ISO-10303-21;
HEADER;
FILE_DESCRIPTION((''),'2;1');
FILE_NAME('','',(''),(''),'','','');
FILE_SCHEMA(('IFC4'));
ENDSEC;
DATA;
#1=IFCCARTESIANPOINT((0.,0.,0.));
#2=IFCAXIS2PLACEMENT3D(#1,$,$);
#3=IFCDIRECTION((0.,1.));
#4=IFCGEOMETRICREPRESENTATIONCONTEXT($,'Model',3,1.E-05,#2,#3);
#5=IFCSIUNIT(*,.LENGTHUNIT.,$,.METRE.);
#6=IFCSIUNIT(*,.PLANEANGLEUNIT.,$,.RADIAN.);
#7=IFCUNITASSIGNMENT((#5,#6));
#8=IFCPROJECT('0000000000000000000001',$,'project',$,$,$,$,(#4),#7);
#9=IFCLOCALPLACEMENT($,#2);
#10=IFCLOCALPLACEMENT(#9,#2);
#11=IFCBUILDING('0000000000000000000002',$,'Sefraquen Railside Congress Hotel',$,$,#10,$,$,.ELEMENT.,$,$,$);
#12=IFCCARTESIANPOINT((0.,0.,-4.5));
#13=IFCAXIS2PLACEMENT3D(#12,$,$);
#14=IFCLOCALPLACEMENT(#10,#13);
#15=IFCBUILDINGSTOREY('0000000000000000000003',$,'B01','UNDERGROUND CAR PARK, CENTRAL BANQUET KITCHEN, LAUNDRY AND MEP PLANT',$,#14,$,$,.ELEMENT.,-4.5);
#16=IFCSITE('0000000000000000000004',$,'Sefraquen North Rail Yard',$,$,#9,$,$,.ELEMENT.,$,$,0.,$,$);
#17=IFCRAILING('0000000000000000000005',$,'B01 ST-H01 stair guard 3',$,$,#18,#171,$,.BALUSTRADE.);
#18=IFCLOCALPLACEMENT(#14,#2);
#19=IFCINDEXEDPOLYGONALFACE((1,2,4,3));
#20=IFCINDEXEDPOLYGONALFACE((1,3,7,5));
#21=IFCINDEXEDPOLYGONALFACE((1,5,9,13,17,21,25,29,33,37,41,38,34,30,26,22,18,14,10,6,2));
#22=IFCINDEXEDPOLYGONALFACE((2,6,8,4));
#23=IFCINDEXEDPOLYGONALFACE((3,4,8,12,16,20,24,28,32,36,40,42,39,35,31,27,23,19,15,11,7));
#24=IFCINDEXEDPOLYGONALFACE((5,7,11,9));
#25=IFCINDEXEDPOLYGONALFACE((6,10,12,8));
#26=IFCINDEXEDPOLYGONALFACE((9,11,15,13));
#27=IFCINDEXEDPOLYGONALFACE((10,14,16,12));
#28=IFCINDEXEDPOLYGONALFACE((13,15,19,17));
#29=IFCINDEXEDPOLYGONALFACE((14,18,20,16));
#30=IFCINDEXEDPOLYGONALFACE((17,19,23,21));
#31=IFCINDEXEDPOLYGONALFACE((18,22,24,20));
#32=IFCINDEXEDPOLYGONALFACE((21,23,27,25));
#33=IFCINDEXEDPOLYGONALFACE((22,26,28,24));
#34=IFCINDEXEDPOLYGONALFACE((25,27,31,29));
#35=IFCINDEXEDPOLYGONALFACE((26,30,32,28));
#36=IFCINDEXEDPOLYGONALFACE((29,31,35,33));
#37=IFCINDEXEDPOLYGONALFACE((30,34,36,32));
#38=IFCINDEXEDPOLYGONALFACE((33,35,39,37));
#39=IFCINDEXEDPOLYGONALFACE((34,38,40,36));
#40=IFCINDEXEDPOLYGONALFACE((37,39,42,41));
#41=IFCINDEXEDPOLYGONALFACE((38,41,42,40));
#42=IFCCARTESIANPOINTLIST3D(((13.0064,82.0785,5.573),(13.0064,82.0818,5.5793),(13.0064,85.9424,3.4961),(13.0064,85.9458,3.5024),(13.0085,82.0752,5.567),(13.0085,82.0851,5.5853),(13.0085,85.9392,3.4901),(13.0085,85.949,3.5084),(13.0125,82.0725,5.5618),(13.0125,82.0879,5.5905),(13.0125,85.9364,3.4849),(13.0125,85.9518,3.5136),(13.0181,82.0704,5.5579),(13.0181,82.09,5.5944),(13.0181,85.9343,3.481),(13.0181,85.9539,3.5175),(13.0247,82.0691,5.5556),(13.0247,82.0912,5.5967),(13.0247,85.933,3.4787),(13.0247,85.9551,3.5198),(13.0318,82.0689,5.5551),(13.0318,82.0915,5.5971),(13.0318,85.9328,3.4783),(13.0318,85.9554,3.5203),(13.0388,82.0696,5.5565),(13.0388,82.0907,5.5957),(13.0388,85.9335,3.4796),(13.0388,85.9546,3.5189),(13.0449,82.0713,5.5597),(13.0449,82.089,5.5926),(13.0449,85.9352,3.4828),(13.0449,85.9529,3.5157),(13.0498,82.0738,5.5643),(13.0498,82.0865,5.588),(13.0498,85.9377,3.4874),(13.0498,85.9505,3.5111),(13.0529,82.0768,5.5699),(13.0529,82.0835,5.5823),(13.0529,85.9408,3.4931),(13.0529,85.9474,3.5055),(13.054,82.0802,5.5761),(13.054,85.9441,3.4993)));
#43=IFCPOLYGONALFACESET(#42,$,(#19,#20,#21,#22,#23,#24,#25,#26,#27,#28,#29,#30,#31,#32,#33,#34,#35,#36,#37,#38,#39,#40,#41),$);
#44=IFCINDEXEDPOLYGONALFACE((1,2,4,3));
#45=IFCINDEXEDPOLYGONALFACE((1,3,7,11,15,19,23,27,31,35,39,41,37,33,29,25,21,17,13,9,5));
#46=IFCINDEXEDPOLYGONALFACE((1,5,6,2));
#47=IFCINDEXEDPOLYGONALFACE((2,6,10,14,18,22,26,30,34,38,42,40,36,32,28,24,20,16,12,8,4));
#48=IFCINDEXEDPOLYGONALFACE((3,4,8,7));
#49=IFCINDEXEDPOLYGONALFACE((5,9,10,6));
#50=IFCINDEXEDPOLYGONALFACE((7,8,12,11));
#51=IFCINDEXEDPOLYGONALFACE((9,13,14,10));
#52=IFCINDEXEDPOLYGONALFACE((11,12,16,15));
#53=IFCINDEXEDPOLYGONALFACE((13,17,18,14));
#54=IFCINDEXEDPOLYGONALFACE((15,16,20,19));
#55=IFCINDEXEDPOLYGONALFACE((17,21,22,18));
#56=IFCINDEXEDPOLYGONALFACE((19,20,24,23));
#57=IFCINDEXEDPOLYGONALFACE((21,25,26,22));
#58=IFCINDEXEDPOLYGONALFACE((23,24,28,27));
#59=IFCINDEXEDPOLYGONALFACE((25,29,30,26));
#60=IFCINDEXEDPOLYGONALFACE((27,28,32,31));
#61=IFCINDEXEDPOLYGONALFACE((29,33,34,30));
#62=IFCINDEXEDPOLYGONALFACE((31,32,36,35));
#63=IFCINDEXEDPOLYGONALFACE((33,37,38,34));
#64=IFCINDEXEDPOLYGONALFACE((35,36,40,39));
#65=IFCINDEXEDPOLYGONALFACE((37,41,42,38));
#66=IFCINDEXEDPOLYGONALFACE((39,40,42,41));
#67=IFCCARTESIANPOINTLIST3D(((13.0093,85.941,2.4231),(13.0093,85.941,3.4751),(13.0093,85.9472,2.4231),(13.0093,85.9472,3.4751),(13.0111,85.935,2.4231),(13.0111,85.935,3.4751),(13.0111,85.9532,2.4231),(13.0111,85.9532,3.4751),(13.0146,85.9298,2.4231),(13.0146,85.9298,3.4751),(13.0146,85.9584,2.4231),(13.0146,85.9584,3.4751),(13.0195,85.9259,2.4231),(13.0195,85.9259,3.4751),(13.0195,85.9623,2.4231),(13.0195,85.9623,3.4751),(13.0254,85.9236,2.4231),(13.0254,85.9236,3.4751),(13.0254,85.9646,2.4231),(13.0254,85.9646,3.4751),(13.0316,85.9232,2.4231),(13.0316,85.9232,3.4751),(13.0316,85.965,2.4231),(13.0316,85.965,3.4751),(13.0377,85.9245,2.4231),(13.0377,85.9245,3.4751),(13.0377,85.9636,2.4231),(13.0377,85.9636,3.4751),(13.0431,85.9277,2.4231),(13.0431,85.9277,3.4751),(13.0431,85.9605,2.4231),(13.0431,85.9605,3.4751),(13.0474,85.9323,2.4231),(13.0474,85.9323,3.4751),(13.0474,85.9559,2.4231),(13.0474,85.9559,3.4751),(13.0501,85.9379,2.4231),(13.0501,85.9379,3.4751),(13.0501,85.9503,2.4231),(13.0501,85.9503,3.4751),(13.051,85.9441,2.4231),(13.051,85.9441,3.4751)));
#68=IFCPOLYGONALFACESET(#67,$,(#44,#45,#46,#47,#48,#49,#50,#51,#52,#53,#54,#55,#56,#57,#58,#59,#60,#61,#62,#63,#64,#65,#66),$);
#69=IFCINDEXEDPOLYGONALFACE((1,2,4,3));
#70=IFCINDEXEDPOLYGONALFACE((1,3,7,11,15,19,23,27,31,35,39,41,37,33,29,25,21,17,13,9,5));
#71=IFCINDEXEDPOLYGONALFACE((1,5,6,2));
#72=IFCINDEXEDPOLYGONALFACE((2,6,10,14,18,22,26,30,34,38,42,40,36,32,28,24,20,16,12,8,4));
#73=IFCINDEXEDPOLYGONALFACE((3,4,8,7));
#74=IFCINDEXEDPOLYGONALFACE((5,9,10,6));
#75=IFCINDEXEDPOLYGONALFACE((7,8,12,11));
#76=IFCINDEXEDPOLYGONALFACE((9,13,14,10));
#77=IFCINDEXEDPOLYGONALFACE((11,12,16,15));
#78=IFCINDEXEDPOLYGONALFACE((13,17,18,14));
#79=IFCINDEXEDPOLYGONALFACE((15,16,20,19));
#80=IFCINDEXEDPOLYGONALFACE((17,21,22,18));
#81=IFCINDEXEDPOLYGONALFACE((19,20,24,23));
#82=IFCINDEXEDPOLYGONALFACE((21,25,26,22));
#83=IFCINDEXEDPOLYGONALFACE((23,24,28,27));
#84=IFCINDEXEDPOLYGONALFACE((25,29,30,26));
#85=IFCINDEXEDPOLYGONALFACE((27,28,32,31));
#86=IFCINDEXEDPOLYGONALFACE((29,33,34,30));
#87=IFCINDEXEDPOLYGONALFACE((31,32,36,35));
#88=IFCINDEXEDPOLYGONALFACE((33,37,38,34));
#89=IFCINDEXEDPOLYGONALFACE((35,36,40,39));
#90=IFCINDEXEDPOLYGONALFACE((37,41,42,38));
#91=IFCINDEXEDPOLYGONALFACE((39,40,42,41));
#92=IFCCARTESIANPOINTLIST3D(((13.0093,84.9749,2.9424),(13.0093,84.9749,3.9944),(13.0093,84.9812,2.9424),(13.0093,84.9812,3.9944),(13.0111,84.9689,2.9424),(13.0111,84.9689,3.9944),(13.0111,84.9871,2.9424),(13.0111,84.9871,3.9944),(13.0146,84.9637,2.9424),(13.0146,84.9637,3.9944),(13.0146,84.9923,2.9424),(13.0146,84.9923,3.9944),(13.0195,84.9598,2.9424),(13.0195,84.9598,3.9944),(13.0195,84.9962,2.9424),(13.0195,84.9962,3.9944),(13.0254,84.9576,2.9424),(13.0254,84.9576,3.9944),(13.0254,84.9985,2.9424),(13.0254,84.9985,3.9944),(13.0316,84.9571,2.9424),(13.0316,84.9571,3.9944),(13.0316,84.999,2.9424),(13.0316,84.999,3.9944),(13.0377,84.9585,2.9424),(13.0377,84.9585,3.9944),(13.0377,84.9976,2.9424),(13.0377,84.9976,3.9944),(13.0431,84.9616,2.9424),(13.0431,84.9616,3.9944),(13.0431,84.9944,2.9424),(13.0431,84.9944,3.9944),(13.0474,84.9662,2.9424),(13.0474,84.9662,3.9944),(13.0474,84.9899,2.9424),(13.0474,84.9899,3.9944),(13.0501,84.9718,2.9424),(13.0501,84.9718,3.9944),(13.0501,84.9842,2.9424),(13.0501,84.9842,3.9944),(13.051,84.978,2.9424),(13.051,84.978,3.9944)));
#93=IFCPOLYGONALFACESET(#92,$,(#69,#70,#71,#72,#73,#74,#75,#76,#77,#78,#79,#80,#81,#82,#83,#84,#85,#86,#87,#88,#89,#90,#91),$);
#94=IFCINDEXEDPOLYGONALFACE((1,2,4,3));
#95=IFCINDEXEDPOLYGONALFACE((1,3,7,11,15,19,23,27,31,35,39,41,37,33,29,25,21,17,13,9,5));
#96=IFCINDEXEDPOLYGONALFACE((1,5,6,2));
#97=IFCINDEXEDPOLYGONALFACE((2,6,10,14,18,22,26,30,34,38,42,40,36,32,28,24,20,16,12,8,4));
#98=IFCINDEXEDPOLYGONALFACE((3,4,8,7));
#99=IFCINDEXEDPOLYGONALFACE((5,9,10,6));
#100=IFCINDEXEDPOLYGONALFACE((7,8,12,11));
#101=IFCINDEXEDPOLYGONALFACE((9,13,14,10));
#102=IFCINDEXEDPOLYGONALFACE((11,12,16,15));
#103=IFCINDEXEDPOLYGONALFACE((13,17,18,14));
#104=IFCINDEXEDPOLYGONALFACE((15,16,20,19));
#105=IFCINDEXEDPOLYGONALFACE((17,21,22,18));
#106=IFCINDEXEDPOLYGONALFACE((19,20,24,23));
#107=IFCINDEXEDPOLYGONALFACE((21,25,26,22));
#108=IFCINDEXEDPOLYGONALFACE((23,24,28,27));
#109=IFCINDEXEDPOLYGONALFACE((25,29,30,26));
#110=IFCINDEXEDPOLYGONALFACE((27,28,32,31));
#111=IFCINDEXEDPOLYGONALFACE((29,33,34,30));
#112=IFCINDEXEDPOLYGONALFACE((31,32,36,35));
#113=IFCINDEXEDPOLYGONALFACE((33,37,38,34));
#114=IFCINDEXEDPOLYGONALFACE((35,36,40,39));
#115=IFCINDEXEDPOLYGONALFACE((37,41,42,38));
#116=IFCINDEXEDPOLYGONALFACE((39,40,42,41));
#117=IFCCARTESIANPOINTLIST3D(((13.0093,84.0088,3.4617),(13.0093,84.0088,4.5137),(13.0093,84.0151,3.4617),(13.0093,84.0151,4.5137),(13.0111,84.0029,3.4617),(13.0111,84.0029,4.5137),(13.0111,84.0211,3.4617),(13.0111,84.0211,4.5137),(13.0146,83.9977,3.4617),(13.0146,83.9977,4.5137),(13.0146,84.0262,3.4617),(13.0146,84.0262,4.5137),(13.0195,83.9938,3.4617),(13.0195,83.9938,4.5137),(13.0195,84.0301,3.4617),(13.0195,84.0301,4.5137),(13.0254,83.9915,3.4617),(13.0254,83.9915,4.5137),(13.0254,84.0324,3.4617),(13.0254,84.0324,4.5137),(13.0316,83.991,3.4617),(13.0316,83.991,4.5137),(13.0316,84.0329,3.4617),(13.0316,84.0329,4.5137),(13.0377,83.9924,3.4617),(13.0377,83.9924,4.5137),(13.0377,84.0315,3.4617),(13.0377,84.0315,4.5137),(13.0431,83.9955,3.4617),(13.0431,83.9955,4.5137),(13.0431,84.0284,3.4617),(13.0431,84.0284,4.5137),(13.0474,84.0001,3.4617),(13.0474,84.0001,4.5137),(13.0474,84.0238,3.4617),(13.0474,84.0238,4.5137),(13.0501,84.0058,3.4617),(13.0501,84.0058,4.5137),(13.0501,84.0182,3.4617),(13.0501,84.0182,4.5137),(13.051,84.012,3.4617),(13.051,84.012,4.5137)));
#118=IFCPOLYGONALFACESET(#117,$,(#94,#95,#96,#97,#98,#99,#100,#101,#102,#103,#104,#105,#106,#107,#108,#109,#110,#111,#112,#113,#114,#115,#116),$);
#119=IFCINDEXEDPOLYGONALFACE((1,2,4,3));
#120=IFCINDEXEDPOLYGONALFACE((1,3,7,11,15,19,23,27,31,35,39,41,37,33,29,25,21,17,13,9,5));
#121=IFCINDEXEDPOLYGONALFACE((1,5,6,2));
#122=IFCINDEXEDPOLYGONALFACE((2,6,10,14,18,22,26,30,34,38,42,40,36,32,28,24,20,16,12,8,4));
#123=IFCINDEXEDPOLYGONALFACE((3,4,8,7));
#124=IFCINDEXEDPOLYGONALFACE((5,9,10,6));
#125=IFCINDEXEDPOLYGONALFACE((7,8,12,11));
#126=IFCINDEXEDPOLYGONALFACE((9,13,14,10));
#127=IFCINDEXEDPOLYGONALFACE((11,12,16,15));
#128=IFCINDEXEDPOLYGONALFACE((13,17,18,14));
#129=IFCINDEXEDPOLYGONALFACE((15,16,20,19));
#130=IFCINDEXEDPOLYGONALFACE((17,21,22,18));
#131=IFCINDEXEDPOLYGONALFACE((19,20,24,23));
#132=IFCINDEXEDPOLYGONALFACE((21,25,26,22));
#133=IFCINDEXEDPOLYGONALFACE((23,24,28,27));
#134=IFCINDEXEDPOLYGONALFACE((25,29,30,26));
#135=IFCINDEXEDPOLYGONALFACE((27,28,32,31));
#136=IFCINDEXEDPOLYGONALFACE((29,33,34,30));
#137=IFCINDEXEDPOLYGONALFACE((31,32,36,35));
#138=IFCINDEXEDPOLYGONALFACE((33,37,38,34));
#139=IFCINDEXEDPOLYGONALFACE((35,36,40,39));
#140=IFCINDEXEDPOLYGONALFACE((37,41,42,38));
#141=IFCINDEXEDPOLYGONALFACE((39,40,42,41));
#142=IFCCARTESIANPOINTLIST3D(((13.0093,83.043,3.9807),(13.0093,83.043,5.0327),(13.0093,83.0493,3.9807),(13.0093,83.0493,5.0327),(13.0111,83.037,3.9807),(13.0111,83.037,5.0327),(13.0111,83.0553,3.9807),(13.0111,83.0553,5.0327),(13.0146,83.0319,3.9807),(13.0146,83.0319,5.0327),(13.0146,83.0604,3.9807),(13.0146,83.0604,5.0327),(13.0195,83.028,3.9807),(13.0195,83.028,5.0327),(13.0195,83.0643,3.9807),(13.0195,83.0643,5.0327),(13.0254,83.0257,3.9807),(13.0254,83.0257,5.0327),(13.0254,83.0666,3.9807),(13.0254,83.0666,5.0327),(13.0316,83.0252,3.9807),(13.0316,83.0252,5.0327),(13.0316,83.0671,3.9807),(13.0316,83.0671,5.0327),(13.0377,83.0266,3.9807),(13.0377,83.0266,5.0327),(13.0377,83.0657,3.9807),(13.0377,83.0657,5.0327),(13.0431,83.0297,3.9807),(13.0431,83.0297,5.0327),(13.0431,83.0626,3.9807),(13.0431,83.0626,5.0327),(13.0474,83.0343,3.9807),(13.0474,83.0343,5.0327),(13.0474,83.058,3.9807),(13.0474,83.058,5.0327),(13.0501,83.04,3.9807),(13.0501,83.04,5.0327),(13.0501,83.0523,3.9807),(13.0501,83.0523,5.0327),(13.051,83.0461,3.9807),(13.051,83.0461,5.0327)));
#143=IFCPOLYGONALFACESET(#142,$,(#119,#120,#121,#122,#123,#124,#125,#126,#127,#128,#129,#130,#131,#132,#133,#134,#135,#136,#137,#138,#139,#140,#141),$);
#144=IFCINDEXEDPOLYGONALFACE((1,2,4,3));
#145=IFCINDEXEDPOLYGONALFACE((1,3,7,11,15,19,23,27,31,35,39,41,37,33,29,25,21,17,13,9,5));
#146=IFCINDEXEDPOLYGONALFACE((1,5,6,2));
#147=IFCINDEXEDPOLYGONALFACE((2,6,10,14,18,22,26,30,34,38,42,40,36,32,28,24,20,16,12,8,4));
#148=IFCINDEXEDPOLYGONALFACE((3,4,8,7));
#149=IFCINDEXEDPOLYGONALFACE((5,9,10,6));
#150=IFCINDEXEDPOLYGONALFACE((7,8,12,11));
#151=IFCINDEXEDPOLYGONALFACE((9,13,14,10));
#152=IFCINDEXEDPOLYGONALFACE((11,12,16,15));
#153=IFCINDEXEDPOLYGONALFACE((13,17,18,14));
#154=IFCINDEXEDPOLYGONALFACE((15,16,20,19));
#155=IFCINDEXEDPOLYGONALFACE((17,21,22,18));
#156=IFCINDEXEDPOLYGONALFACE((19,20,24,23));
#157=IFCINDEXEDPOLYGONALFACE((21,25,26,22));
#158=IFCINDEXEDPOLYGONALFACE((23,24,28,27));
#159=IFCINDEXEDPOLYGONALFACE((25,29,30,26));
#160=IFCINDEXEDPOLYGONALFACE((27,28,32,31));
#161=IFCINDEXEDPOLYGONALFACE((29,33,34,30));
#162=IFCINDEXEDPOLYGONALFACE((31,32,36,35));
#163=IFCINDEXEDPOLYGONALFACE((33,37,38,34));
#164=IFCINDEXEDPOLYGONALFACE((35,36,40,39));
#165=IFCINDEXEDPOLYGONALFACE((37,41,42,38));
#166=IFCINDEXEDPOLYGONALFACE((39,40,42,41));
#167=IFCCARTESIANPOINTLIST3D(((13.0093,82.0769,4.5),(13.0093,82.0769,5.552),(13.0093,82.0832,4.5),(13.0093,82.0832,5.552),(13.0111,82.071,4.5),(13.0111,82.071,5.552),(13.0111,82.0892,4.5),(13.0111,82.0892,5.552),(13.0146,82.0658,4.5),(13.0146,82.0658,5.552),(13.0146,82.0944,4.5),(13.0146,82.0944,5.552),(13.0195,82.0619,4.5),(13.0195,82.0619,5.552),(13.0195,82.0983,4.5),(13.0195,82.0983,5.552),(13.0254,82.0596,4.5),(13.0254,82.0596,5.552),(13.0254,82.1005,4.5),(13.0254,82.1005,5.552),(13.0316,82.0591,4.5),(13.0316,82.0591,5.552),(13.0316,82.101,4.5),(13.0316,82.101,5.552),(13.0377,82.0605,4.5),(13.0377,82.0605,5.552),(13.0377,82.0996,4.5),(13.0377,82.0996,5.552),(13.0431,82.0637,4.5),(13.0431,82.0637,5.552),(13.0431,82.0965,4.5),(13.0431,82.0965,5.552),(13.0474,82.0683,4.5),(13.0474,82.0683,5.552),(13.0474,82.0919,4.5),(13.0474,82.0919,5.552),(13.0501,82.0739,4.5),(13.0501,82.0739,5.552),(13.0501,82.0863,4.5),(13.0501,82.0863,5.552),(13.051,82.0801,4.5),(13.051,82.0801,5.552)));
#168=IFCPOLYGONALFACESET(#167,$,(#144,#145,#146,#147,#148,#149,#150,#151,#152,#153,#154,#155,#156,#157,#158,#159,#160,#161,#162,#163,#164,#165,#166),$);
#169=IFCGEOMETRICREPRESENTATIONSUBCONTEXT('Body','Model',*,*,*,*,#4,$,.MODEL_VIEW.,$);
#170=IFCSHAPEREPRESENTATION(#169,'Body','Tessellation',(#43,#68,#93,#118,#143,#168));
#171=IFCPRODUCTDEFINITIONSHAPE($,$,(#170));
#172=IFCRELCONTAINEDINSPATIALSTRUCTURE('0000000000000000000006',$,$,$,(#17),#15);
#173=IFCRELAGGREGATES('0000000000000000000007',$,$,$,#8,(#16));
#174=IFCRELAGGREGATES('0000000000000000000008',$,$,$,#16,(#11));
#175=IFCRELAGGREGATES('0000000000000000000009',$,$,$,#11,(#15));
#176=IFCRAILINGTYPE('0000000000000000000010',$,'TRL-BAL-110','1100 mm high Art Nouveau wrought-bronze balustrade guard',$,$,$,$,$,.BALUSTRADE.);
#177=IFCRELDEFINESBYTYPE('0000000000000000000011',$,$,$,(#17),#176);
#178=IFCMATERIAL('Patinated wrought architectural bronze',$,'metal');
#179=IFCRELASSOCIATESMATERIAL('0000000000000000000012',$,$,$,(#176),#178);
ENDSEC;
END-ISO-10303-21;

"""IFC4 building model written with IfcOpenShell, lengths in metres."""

from ifc_helpers import new_model, si_unit, direction, frame, origin, origin_2d, place, context, subcontext, project, spatial, circle, extrude, material, type_object, element, save


model = new_model("IFC4")

# Units and contexts
model_context = context("Model", 3, precision=1e-05, world=origin(), true_north=direction((0.0, 1.0)))
body_context = subcontext(model_context, "Body", "Model", "MODEL_VIEW")
ifc_project = project(units=[si_unit("LENGTHUNIT", "METRE"), si_unit("PLANEANGLEUNIT", "RADIAN")], contexts=[model_context])

# Site, building, storey
site_placement = place(None, origin())
site = spatial("IfcSite", under=ifc_project, at=site_placement, Name="Sefraquen North Rail Yard", CompositionType="ELEMENT", RefElevation=0.0)
building_placement = place(site_placement, origin())
building = spatial("IfcBuilding", under=site, at=building_placement, Name="Sefraquen Railside Congress Hotel", CompositionType="ELEMENT")
storey_placement = place(building_placement, frame((0.0, 0.0, -4.5)))
storey = spatial("IfcBuildingStorey", under=building, at=storey_placement, Name="B01", Description="UNDERGROUND CAR PARK, CENTRAL BANQUET KITCHEN, LAUNDRY AND MEP PLANT", CompositionType="ELEMENT", Elevation=-4.5)

# Railing
ifc_material_1 = material(Name="Patinated wrought architectural bronze", Category="metal")
railing_type_1 = type_object("IfcRailingType", Name="TRL-BAL-110", Description="1100 mm high Art Nouveau wrought-bronze balustrade guard", PredefinedType="BALUSTRADE", material=ifc_material_1)
railing_1_placement = place(storey_placement, frame((13.03, 85.9441, 2.4231)))
element("IfcRailing", 1, at=railing_1_placement, inside=storey, type_object=railing_type_1, Name="B01 ST-H01 stair guard 3", PredefinedType="BALUSTRADE", context=body_context, shape_type="SweptSolid", body=[
    extrude(circle(Radius=0.0239, at=origin_2d()), frame((0.0, 0.0, 1.0762), z_axis=(0.0, -0.880825, 0.473443), x_axis=(1.0, 0.0, 0.0)), (0.0, 0.0, 1.0), 4.3867),
    extrude(circle(Radius=0.021, at=origin_2d()), origin(), (0.0, 0.0, 1.0), 1.052),
    extrude(circle(Radius=0.021, at=origin_2d()), frame((0.0, -0.9661, 0.5193)), (0.0, 0.0, 1.0), 1.052),
    extrude(circle(Radius=0.021, at=origin_2d()), frame((0.0, -1.9321, 1.0386)), (0.0, 0.0, 1.0), 1.052),
    extrude(circle(Radius=0.021, at=origin_2d()), frame((0.0, -2.8979, 1.5576)), (0.0, 0.0, 1.0), 1.052),
    extrude(circle(Radius=0.021, at=origin_2d()), frame((0.0, -3.864, 2.0769)), (0.0, 0.0, 1.0), 1.052),
])

save(model, "model.ifc")
